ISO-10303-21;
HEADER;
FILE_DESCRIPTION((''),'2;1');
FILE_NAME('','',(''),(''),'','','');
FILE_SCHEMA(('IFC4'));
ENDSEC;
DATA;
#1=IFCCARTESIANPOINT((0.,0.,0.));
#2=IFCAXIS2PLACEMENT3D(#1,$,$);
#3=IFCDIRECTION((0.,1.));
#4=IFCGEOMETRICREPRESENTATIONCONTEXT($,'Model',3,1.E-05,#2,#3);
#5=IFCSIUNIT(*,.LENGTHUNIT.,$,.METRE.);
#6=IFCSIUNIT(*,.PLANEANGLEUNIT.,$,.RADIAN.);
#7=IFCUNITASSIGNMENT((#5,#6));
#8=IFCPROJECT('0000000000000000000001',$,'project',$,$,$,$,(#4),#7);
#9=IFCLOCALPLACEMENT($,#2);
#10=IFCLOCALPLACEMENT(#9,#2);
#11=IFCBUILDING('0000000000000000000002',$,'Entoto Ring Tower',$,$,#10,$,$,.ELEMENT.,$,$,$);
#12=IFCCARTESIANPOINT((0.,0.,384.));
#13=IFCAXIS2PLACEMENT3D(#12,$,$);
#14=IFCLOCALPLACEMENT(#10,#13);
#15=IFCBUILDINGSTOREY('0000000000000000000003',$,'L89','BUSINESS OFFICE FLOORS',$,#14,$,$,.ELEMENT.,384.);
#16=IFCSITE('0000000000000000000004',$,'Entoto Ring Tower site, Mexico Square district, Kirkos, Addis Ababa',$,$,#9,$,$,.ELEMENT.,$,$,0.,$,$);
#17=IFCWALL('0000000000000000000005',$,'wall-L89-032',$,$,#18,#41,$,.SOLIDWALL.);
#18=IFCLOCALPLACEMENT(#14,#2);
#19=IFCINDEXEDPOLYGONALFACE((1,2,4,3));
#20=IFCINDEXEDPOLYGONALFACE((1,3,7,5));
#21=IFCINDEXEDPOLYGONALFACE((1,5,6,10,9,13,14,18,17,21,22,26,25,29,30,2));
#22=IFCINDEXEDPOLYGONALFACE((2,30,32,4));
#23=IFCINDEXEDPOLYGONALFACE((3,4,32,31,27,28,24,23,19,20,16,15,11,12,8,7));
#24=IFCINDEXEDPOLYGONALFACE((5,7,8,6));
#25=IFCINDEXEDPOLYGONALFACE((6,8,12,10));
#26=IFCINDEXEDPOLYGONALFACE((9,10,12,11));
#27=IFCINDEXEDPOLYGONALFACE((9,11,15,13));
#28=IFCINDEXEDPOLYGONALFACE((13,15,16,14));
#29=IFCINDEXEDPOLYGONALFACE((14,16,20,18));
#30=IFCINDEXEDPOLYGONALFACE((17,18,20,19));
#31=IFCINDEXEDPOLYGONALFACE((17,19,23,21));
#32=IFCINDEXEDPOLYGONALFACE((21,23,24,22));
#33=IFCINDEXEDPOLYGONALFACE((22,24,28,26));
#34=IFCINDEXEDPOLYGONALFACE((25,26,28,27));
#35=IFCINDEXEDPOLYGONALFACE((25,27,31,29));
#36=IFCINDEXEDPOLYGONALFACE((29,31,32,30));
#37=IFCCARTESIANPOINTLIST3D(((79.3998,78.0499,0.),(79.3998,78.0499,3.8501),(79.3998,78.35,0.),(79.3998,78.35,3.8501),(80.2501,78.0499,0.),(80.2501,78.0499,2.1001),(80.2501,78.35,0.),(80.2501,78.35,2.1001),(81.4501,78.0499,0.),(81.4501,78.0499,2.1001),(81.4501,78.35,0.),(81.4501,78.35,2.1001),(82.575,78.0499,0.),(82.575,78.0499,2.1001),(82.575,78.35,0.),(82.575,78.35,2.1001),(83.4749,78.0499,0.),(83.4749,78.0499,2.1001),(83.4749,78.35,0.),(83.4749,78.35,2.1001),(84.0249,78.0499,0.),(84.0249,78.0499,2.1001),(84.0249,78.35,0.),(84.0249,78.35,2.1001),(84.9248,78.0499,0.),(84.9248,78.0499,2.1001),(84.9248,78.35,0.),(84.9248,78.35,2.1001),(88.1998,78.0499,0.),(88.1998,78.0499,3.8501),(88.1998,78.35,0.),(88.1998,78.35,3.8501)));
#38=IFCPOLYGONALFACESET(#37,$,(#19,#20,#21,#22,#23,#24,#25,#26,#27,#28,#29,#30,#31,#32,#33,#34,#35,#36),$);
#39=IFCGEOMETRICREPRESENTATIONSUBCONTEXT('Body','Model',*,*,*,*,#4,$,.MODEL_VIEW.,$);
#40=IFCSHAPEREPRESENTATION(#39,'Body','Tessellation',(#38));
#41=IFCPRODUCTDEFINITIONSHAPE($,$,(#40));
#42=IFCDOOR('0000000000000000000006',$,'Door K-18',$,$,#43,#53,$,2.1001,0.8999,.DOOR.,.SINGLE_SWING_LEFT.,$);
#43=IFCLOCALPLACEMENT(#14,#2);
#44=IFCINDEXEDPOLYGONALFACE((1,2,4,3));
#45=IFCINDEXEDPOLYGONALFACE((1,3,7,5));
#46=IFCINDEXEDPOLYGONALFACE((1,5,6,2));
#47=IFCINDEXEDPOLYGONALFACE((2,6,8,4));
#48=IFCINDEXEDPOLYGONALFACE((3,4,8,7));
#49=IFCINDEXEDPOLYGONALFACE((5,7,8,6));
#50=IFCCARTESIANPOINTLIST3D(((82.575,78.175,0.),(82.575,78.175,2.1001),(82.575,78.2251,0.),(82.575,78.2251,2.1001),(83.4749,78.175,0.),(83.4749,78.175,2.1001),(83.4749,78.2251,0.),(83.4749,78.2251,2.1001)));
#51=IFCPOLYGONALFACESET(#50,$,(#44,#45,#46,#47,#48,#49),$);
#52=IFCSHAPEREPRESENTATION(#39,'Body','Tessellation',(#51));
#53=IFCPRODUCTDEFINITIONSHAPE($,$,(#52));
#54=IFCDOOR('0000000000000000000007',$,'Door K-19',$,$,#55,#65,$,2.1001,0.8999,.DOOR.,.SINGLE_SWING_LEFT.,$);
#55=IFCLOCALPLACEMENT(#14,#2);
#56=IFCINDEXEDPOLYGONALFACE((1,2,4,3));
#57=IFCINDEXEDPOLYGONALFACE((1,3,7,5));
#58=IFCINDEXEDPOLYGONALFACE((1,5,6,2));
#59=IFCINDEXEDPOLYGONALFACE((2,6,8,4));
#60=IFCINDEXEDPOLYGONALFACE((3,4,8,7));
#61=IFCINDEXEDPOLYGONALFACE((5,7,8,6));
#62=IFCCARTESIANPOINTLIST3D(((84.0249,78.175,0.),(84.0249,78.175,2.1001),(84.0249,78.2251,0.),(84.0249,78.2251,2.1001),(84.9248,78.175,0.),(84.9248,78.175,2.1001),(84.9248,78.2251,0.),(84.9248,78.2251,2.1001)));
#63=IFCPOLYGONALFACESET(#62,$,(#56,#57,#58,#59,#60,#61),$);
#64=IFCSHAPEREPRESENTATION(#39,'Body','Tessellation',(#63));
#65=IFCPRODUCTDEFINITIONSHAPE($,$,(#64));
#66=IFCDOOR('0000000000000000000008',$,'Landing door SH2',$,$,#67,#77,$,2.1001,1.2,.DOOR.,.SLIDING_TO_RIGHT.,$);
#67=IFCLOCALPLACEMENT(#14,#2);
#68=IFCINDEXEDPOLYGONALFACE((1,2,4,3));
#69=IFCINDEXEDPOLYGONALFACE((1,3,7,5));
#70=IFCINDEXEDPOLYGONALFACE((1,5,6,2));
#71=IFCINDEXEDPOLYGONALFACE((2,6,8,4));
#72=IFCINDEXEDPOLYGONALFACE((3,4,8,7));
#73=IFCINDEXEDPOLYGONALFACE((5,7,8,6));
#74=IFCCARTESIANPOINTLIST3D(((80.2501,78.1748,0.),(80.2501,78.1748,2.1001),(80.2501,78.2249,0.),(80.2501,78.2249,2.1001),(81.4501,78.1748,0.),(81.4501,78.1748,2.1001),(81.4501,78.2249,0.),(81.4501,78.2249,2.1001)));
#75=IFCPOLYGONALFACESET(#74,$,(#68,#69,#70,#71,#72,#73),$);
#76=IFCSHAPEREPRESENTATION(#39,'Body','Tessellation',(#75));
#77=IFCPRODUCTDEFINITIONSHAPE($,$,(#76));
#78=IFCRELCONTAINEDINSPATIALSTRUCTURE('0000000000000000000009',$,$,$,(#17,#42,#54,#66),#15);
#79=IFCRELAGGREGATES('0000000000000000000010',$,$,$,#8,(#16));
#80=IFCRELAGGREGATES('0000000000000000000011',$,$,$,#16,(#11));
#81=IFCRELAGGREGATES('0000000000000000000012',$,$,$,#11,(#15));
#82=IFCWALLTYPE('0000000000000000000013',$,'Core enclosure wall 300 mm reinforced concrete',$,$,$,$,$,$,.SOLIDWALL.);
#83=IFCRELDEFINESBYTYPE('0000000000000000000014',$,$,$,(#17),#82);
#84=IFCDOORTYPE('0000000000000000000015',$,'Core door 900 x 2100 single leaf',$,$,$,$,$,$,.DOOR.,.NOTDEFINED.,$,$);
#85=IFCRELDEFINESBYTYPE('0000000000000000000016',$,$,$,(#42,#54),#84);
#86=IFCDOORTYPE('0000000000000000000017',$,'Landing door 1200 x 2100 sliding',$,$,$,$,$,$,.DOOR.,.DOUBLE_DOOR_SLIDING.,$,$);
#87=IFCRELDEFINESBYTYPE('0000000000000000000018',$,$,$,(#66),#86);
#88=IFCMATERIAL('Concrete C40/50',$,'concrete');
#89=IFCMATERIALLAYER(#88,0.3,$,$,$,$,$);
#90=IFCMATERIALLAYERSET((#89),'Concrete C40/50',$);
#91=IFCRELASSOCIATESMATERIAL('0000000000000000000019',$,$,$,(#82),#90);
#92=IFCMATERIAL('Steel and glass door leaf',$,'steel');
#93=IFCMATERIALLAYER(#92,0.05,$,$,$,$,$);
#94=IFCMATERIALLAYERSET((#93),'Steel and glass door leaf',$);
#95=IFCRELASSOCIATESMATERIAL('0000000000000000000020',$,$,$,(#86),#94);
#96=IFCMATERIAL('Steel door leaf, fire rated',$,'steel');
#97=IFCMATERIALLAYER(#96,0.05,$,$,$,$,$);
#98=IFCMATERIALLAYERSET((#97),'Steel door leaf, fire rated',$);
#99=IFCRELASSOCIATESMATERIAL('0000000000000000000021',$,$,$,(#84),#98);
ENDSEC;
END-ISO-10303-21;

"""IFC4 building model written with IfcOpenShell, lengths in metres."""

from ifc_helpers import new_model, si_unit, direction, frame, frame_2d, origin, place, context, subcontext, project, spatial, rectangle, extrude, material, layer, layer_set, type_object, element, fill, save


model = new_model("IFC4")

# Units and contexts
model_context = context("Model", 3, precision=1e-05, world=origin(), true_north=direction((0.0, 1.0)))
body_context = subcontext(model_context, "Body", "Model", "MODEL_VIEW")
ifc_project = project(units=[si_unit("LENGTHUNIT", "METRE"), si_unit("PLANEANGLEUNIT", "RADIAN")], contexts=[model_context])

# Site, building, storey
site_placement = place(None, origin())
site = spatial("IfcSite", under=ifc_project, at=site_placement, Name="Entoto Ring Tower site, Mexico Square district, Kirkos, Addis Ababa", CompositionType="ELEMENT", RefElevation=0.0)
building_placement = place(site_placement, origin())
building = spatial("IfcBuilding", under=site, at=building_placement, Name="Entoto Ring Tower", CompositionType="ELEMENT")
storey_placement = place(building_placement, frame((0.0, 0.0, 384.0)))
storey = spatial("IfcBuildingStorey", under=building, at=storey_placement, Name="L89", Description="BUSINESS OFFICE FLOORS", CompositionType="ELEMENT", Elevation=384.0)

# Shared definitions
ifc_material_1 = material(Name="Concrete C40/50", Category="concrete")
ifc_layer_1 = layer(ifc_material_1, 0.3)
ifc_layer_set_1 = layer_set([ifc_layer_1], Name="Concrete C40/50")
wall_type = type_object("IfcWallType", Name="Core enclosure wall 300 mm reinforced concrete", PredefinedType="SOLIDWALL", material=ifc_layer_set_1)
ifc_material_2 = material(Name="Steel and glass door leaf", Category="steel")
ifc_layer_2 = layer(ifc_material_2, 0.05)
ifc_layer_set_2 = layer_set([ifc_layer_2], Name="Steel and glass door leaf")
door_type_1 = type_object("IfcDoorType", Name="Landing door 1200 x 2100 sliding", OperationType="DOUBLE_DOOR_SLIDING", PredefinedType="DOOR", material=ifc_layer_set_2)

# Wall, openings, doors
wall_1_placement = place(storey_placement, frame((79.3999, 78.2, 0.0), z_axis=(0.0, 0.0, 1.0), x_axis=(1.0, 0.0, 0.0)))
wall_1 = element("IfcWall", 1, at=wall_1_placement, inside=storey, type_object=wall_type, Name="wall-L89-032", PredefinedType="SOLIDWALL", context=body_context, shape_type="SweptSolid", body=[
    extrude(rectangle(XDim=8.8, YDim=0.3, at=frame_2d((4.3999, 0.0))), origin(), (0.0, 0.0, 1.0), 3.8501),
])
opening_1_placement = place(wall_1_placement, frame((0.8501, 0.0, 0.0)))
opening_1 = element("IfcOpeningElement", 2, at=opening_1_placement, cuts=wall_1, PredefinedType="OPENING", context=body_context, shape_type="SweptSolid", body=[
    extrude(rectangle(XDim=1.2, YDim=2.1001, at=frame_2d((0.6001, 1.05))), frame((0.0, 0.1602, 0.0), z_axis=(0.0, -1.0, 0.0), x_axis=(1.0, 0.0, 0.0)), (0.0, 0.0, 1.0), 0.3201),
])
opening_2_placement = place(wall_1_placement, frame((3.175, 0.0, 0.0)))
opening_2 = element("IfcOpeningElement", 3, at=opening_2_placement, cuts=wall_1, PredefinedType="OPENING", context=body_context, shape_type="SweptSolid", body=[
    extrude(rectangle(XDim=0.8999, YDim=2.1001, at=frame_2d((0.45, 1.05))), frame((0.0, 0.1602, 0.0), z_axis=(0.0, -1.0, 0.0), x_axis=(1.0, 0.0, 0.0)), (0.0, 0.0, 1.0), 0.3201),
])
opening_3_placement = place(wall_1_placement, frame((4.625, 0.0, 0.0)))
opening_3 = element("IfcOpeningElement", 4, at=opening_3_placement, cuts=wall_1, PredefinedType="OPENING", context=body_context, shape_type="SweptSolid", body=[
    extrude(rectangle(XDim=0.8999, YDim=2.1001, at=frame_2d((0.45, 1.05))), frame((0.0, 0.1602, 0.0), z_axis=(0.0, -1.0, 0.0), x_axis=(1.0, 0.0, 0.0)), (0.0, 0.0, 1.0), 0.3201),
])
ifc_material_3 = material(Name="Steel door leaf, fire rated", Category="steel")
ifc_layer_3 = layer(ifc_material_3, 0.05)
ifc_layer_set_3 = layer_set([ifc_layer_3], Name="Steel door leaf, fire rated")
door_type_2 = type_object("IfcDoorType", Name="Core door 900 x 2100 single leaf", OperationType="NOTDEFINED", PredefinedType="DOOR", material=ifc_layer_set_3)
door_1_placement = place(opening_2_placement, frame((0.8999, 0.0, 0.0), z_axis=(0.0, 0.0, 1.0), x_axis=(-1.0, 0.0, 0.0)))
door_1 = element("IfcDoor", 5, at=door_1_placement, inside=storey, type_object=door_type_2, Name="Door K-18", OperationType="SINGLE_SWING_LEFT", OverallHeight=2.1001, OverallWidth=0.8999, PredefinedType="DOOR", context=body_context, shape_type="SweptSolid", body=[
    extrude(rectangle(XDim=0.8999, YDim=2.1001, at=frame_2d((0.45, 1.05))), frame((0.0, 0.0249, 0.0), z_axis=(0.0, -1.0, 0.0), x_axis=(1.0, 0.0, 0.0)), (0.0, 0.0, 1.0), 0.05),
])
fill(opening_2, door_1)
door_2_placement = place(opening_3_placement, frame((0.8999, 0.0, 0.0), z_axis=(0.0, 0.0, 1.0), x_axis=(-1.0, 0.0, 0.0)))
door_2 = element("IfcDoor", 6, at=door_2_placement, inside=storey, type_object=door_type_2, Name="Door K-19", OperationType="SINGLE_SWING_LEFT", OverallHeight=2.1001, OverallWidth=0.8999, PredefinedType="DOOR", context=body_context, shape_type="SweptSolid", body=[
    extrude(rectangle(XDim=0.8999, YDim=2.1001, at=frame_2d((0.45, 1.05))), frame((0.0, 0.0249, 0.0), z_axis=(0.0, -1.0, 0.0), x_axis=(1.0, 0.0, 0.0)), (0.0, 0.0, 1.0), 0.05),
])
fill(opening_3, door_2)
door_3_placement = place(opening_1_placement, origin())
door_3 = element("IfcDoor", 7, at=door_3_placement, inside=storey, type_object=door_type_1, Name="Landing door SH2", OperationType="SLIDING_TO_RIGHT", OverallHeight=2.1001, OverallWidth=1.2, PredefinedType="DOOR", context=body_context, shape_type="SweptSolid", body=[
    extrude(rectangle(XDim=1.2, YDim=2.1001, at=frame_2d((0.6001, 1.05))), frame((0.0, 0.0249, 0.0), z_axis=(0.0, -1.0, 0.0), x_axis=(1.0, 0.0, 0.0)), (0.0, 0.0, 1.0), 0.05),
])
fill(opening_1, door_3)

save(model, "model.ifc")
